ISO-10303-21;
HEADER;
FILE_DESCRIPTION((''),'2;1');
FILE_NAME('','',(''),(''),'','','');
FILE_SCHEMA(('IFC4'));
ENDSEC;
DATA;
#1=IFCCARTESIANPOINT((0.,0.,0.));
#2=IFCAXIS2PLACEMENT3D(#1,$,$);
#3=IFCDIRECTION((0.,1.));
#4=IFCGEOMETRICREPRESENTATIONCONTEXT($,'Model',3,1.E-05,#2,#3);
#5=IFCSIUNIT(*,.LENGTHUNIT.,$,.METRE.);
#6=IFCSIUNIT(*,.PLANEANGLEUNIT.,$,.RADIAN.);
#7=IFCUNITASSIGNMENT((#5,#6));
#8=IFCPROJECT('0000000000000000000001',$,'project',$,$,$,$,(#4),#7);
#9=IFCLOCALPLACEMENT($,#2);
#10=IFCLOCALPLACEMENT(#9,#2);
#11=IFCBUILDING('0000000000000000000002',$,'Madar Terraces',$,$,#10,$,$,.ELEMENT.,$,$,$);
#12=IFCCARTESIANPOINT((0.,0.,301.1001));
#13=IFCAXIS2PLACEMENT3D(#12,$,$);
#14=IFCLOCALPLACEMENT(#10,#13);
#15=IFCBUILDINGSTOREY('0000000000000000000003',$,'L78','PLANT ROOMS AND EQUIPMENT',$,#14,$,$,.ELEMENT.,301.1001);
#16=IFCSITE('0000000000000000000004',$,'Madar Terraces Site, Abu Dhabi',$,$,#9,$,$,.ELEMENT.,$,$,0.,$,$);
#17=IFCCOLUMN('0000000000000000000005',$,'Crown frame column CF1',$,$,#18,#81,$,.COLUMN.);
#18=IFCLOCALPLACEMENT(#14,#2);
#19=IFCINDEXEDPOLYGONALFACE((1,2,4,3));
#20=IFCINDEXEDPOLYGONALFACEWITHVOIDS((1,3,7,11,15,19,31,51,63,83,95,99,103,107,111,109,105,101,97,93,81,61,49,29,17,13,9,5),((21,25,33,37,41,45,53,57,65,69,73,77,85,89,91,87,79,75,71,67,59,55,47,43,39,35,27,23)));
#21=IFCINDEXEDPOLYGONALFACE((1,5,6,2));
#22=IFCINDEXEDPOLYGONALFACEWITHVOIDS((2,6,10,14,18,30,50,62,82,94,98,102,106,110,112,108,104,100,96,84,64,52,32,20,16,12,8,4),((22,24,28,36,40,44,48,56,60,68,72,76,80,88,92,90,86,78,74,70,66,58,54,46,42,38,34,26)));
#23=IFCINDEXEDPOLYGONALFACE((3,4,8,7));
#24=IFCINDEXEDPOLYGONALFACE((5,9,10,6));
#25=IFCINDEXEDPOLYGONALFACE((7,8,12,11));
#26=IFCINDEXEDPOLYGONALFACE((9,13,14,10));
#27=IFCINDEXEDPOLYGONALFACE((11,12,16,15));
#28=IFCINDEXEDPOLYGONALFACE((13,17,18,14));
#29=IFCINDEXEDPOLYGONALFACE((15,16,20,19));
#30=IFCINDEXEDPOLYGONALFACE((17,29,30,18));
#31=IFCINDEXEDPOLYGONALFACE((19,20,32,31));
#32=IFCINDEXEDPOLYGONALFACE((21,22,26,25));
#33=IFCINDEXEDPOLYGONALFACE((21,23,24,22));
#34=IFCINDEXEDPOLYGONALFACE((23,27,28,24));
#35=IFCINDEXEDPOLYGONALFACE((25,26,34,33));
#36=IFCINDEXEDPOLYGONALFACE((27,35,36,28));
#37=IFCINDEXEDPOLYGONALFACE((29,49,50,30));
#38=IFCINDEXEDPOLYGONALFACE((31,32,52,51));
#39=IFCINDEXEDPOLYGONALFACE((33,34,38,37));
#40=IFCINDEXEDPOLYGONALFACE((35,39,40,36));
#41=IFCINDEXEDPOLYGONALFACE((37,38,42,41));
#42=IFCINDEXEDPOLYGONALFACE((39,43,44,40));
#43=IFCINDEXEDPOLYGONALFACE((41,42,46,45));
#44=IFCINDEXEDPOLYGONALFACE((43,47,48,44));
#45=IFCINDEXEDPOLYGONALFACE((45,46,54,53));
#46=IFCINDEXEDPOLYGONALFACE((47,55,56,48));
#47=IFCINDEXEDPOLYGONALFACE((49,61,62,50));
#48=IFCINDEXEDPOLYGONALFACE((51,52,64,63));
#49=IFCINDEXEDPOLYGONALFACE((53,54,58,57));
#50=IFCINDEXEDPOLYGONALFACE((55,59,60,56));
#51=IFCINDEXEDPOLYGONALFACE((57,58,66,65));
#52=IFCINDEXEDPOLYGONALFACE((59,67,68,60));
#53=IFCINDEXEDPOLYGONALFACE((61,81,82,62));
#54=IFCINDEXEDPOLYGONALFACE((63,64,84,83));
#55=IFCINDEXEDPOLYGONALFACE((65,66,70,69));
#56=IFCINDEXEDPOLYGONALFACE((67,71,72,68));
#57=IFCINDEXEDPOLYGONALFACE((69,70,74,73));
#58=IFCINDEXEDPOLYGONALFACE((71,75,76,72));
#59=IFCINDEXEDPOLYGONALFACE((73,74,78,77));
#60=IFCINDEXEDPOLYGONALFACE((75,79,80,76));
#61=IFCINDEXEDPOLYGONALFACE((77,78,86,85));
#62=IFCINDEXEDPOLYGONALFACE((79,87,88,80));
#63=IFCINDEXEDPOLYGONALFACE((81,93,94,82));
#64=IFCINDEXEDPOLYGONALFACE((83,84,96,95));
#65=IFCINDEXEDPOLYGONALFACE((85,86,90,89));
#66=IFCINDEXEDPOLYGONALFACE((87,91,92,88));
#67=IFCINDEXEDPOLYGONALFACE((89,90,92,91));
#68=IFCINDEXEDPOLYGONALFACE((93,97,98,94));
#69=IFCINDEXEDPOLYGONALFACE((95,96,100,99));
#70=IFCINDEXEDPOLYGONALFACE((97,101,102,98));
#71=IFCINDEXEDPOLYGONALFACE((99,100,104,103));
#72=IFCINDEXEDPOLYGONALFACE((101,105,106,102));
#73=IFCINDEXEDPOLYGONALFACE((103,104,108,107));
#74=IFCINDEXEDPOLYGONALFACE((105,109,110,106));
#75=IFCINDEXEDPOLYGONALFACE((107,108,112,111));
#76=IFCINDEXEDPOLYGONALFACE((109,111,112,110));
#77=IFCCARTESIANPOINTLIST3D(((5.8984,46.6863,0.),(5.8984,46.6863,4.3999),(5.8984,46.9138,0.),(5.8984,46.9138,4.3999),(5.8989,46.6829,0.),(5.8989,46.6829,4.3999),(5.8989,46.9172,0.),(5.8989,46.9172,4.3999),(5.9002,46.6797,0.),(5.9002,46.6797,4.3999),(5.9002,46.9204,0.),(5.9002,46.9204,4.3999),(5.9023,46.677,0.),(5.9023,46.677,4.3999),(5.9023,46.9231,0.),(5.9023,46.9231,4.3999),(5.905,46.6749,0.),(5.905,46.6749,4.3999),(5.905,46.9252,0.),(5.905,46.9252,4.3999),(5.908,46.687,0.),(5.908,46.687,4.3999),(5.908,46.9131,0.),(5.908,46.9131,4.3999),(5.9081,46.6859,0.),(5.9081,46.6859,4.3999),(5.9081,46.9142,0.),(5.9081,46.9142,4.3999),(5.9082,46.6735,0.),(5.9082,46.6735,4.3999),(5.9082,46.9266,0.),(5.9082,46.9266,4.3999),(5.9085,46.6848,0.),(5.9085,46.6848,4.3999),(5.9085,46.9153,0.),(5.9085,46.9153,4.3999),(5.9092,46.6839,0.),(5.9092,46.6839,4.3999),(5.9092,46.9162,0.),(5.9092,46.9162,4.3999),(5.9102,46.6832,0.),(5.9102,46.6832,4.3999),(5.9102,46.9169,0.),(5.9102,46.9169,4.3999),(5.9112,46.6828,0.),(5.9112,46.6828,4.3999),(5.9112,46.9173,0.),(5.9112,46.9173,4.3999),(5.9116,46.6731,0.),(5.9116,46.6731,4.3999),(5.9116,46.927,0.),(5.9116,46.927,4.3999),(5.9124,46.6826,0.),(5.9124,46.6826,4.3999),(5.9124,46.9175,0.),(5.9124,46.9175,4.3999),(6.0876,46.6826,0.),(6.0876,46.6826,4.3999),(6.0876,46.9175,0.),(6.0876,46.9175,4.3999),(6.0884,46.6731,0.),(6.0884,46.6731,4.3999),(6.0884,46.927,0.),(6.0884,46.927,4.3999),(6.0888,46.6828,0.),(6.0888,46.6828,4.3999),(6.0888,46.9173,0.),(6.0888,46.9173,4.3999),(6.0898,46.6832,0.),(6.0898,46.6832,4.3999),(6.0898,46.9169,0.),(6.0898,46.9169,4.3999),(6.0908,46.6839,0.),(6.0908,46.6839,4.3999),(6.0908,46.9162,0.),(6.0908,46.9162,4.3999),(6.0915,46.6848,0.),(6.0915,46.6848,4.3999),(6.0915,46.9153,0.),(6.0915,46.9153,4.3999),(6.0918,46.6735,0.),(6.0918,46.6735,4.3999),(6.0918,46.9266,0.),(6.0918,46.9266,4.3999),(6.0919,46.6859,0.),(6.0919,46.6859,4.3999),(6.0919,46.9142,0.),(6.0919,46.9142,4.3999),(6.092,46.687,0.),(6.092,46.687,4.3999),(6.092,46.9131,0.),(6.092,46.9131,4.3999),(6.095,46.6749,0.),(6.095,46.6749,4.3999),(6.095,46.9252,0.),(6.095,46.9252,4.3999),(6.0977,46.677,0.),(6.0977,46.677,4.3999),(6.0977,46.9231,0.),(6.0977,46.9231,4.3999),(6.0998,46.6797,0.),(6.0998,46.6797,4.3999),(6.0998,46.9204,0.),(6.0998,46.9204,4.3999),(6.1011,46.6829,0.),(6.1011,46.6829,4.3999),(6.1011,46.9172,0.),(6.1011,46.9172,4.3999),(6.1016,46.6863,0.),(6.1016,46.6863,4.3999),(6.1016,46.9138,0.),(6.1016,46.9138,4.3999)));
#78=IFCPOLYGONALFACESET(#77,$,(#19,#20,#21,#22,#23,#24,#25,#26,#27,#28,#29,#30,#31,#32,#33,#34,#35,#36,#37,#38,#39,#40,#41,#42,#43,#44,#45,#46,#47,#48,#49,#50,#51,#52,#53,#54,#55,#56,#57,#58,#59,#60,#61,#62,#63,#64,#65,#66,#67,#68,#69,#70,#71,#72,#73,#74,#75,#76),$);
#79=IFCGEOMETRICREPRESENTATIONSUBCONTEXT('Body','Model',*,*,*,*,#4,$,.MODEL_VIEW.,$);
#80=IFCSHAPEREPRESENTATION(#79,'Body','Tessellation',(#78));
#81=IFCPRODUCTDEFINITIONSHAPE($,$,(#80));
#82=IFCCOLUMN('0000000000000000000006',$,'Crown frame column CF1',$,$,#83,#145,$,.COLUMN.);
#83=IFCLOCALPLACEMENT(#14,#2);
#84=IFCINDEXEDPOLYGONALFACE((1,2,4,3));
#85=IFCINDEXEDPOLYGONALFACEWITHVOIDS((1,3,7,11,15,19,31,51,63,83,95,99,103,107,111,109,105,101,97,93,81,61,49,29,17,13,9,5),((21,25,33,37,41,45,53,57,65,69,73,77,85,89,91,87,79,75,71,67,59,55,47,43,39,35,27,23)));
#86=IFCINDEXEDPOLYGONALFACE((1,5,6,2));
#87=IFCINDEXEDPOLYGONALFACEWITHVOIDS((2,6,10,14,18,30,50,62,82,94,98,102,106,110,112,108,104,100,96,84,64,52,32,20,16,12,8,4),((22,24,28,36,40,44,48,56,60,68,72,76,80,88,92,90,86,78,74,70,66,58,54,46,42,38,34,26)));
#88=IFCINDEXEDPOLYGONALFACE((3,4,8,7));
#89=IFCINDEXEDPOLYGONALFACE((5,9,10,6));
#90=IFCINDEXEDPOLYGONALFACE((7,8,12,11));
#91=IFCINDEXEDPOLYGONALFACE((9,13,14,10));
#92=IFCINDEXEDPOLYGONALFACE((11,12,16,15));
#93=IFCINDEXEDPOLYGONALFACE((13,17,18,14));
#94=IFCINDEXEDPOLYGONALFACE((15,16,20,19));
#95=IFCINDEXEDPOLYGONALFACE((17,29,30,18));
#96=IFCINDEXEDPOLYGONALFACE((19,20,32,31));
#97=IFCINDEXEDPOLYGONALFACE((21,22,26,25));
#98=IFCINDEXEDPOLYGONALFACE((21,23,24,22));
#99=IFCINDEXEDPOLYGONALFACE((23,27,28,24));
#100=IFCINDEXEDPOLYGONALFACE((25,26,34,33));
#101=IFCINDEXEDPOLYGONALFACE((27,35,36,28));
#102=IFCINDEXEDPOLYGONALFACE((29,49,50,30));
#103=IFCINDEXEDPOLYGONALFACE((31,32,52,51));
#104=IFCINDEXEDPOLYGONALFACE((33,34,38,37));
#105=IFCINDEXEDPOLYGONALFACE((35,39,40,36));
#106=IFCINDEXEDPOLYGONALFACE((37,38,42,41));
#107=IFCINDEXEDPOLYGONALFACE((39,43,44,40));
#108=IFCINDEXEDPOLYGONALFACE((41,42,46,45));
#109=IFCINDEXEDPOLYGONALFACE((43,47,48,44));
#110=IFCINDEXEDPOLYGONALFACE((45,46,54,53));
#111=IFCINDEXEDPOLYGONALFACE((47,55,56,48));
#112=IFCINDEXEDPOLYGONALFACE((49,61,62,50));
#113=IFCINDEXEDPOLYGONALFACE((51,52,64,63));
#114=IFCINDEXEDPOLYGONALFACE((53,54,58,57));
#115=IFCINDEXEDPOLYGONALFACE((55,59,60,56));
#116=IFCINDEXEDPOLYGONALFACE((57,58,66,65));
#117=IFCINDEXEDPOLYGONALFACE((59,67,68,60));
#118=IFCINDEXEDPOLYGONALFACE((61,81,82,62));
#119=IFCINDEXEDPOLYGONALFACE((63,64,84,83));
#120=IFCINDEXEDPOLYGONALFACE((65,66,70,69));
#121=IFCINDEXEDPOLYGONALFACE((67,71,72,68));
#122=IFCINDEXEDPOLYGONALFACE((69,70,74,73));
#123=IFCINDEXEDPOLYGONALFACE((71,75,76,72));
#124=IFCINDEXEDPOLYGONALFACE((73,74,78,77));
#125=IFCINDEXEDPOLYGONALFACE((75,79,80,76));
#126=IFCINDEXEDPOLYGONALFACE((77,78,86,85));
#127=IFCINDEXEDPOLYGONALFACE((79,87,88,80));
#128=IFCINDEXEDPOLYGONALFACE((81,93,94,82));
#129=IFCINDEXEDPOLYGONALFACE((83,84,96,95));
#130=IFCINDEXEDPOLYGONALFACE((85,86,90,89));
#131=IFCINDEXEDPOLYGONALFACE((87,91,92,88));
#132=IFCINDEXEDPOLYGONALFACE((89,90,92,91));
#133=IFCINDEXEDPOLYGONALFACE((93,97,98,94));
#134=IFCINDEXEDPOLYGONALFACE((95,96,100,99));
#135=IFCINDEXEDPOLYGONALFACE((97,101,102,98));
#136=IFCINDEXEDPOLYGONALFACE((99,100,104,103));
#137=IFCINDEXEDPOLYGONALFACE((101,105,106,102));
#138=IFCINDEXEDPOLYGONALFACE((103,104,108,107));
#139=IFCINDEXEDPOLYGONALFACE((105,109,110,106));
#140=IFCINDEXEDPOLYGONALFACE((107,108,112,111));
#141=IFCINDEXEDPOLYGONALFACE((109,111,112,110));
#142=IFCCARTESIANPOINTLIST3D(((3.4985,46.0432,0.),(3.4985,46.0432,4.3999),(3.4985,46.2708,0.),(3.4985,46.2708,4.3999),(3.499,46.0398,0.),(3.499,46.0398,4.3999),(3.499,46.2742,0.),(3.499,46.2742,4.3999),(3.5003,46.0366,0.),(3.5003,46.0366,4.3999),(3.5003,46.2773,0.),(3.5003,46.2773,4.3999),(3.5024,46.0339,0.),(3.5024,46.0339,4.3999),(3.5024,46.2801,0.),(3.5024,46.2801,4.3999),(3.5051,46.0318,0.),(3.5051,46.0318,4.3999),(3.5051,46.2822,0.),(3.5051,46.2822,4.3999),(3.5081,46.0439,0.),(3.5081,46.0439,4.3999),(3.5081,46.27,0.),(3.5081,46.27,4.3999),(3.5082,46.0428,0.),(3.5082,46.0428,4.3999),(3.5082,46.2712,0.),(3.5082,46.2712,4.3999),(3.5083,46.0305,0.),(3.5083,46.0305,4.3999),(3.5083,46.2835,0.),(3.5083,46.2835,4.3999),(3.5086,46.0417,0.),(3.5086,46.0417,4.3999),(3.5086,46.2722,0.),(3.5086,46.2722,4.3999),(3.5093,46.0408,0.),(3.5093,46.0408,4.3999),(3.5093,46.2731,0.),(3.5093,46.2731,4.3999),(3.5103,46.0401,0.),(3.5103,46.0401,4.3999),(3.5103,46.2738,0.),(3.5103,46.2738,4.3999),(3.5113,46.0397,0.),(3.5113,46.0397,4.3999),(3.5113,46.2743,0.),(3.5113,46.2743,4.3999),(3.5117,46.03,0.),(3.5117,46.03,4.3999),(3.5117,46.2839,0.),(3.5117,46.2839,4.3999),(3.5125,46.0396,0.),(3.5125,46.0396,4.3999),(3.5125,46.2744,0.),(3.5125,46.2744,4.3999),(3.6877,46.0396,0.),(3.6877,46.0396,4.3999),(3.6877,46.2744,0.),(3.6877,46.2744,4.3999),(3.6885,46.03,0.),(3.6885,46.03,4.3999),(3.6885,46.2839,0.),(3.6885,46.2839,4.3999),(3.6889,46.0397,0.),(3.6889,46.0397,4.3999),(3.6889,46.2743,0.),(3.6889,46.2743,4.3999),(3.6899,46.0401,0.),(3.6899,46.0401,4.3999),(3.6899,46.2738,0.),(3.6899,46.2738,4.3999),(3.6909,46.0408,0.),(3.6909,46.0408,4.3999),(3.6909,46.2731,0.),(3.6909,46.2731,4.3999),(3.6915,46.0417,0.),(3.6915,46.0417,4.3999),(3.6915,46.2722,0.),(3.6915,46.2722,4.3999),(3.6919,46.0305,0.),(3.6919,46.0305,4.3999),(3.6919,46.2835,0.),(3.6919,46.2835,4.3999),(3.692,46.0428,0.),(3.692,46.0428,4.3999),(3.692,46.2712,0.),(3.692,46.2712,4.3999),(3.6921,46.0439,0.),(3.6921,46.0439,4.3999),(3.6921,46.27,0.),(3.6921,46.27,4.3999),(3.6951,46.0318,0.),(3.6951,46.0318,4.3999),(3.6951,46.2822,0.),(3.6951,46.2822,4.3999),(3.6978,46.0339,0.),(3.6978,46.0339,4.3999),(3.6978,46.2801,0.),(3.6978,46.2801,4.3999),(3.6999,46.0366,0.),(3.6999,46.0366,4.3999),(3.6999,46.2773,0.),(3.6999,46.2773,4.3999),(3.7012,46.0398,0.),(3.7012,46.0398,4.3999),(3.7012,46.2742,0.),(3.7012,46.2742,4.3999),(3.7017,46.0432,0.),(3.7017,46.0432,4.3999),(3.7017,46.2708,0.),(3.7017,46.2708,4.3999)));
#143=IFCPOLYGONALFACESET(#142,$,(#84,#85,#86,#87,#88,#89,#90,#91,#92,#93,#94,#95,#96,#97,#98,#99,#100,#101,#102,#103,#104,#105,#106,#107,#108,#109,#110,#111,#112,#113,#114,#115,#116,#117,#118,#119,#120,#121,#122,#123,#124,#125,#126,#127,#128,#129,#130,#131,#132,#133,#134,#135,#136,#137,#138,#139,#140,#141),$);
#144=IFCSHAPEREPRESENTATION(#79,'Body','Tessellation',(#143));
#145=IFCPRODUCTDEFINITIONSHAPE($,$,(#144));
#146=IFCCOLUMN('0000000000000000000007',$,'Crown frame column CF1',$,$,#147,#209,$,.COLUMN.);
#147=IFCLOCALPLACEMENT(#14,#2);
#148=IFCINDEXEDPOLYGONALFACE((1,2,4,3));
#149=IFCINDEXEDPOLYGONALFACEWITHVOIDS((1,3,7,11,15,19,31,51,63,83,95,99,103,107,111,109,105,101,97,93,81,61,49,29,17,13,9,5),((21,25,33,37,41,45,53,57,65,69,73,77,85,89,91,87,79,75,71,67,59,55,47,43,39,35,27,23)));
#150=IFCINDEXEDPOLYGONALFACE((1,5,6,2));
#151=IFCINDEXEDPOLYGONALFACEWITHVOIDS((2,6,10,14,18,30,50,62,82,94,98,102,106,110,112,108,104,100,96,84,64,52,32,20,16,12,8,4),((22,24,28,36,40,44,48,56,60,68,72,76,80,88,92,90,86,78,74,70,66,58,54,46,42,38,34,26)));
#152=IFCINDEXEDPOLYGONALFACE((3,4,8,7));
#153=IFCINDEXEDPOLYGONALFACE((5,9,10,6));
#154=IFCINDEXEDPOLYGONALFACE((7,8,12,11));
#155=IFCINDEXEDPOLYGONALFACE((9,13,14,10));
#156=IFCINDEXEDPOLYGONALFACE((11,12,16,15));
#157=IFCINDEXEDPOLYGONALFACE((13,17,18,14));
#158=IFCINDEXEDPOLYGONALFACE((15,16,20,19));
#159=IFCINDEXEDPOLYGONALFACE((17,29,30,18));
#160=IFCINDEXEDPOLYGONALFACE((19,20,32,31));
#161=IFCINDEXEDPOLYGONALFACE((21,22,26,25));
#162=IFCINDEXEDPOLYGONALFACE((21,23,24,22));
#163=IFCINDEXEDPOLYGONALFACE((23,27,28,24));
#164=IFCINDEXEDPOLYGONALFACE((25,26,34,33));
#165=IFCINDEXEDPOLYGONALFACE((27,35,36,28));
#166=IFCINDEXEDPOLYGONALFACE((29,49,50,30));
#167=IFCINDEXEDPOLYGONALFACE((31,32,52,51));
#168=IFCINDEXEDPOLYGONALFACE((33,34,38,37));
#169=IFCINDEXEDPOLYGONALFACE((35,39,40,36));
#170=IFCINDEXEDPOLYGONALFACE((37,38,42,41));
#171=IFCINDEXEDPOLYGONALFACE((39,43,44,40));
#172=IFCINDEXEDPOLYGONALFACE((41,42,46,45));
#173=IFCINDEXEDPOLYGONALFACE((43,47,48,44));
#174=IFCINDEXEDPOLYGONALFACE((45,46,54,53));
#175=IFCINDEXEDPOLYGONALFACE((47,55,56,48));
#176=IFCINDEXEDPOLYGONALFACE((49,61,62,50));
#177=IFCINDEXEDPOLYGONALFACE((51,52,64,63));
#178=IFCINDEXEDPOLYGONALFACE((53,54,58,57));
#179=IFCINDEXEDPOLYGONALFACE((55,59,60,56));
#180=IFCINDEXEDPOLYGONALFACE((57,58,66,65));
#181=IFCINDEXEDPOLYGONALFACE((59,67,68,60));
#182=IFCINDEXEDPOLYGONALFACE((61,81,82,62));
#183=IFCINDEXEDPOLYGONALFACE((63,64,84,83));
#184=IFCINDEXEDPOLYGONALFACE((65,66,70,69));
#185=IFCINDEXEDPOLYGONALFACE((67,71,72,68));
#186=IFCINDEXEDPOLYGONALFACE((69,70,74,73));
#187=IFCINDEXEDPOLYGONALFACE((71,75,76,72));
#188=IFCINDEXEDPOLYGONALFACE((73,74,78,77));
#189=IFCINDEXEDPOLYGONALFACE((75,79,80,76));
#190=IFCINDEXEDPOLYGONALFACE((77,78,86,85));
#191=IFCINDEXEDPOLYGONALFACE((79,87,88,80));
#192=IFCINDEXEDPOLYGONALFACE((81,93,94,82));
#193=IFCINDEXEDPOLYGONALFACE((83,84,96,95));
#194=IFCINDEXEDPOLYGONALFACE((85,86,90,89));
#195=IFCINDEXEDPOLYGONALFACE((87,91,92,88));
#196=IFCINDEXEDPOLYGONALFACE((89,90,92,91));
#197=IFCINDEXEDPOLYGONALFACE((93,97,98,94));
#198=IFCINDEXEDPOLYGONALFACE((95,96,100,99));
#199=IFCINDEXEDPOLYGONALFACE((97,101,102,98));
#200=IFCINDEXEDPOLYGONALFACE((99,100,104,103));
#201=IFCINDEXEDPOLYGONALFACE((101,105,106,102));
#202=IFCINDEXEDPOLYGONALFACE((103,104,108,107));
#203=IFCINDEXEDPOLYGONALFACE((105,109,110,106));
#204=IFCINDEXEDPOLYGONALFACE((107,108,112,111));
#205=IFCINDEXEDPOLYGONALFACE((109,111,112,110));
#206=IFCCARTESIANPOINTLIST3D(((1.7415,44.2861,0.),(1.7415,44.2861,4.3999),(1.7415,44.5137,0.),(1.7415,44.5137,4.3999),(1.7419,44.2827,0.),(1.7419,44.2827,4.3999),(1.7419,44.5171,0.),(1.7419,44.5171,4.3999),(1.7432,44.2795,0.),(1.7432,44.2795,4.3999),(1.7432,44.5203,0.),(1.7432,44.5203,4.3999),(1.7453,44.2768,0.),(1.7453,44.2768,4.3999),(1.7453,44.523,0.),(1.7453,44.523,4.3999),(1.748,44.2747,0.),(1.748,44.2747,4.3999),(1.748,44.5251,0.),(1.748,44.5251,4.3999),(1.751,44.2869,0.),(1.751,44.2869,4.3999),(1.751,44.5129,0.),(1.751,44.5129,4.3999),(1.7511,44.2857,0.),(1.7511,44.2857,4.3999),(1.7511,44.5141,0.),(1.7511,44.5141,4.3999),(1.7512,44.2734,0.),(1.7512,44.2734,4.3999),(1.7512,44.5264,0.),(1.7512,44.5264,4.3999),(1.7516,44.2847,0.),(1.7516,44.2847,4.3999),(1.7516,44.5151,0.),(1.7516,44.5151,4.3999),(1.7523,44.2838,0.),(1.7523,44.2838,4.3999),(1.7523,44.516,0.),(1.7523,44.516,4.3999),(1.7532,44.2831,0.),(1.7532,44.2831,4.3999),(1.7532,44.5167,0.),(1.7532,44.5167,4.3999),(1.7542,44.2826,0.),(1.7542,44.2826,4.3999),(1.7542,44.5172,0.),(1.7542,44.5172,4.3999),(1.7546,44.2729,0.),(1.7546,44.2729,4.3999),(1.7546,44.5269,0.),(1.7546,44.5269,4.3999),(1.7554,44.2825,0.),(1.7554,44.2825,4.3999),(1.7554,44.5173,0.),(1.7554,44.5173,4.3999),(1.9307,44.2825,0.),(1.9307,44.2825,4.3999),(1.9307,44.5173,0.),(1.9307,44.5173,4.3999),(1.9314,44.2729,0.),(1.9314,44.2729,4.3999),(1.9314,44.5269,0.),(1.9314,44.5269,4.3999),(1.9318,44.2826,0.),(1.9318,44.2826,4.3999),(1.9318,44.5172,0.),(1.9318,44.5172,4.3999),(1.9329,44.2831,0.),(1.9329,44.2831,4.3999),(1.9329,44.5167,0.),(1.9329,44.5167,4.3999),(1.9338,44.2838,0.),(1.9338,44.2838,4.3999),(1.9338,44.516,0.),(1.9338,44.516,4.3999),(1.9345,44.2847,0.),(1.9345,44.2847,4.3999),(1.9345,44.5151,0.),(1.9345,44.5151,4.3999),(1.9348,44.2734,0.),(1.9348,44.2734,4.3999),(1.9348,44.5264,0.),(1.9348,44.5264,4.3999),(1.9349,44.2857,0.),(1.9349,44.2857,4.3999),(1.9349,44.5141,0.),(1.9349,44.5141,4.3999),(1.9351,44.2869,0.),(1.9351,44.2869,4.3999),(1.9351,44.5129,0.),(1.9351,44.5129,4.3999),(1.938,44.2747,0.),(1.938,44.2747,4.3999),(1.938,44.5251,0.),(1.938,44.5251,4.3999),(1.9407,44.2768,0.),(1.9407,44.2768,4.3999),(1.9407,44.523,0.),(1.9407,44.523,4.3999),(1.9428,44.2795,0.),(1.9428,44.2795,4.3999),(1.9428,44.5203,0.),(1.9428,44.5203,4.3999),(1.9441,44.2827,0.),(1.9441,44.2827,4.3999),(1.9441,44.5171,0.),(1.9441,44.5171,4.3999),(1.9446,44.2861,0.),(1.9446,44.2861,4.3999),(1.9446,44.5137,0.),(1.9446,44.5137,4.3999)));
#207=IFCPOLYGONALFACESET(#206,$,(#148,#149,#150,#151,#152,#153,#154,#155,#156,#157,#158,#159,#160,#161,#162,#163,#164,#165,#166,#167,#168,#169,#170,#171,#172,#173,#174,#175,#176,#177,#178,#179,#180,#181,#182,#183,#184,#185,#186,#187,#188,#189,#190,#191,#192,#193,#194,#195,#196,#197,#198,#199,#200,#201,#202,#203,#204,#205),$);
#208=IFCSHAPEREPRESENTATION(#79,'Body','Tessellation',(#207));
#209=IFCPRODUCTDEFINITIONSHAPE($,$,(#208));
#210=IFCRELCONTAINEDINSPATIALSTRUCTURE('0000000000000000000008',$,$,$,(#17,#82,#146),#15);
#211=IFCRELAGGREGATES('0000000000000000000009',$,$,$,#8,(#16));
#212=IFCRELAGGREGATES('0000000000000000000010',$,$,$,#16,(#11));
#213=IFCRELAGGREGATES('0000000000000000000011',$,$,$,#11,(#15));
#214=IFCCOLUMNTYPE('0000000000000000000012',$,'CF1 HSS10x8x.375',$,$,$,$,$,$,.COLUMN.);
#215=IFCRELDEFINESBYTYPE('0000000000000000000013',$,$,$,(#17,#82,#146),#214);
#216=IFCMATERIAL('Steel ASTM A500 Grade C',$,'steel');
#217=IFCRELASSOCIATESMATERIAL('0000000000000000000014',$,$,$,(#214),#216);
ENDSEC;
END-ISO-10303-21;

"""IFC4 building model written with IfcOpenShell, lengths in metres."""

from ifc_helpers import new_model, si_unit, direction, frame, origin, origin_2d, place, context, subcontext, project, spatial, hollow_rectangle, extrude, material, material_profile, profile_set, type_object, element, save


model = new_model("IFC4")

# Units and contexts
model_context = context("Model", 3, precision=1e-05, world=origin(), true_north=direction((0.0, 1.0)))
body_context = subcontext(model_context, "Body", "Model", "MODEL_VIEW")
ifc_project = project(units=[si_unit("LENGTHUNIT", "METRE"), si_unit("PLANEANGLEUNIT", "RADIAN")], contexts=[model_context])

# Site, building, storey
site_placement = place(None, origin())
site = spatial("IfcSite", under=ifc_project, at=site_placement, Name="Madar Terraces Site, Abu Dhabi", CompositionType="ELEMENT", RefElevation=0.0)
building_placement = place(site_placement, origin())
building = spatial("IfcBuilding", under=site, at=building_placement, Name="Madar Terraces", CompositionType="ELEMENT")
storey_placement = place(building_placement, frame((0.0, 0.0, 301.1001)))
storey = spatial("IfcBuildingStorey", under=building, at=storey_placement, Name="L78", Description="PLANT ROOMS AND EQUIPMENT", CompositionType="ELEMENT", Elevation=301.1001)

# Columns
ifc_material_1 = material(Name="Steel ASTM A500 Grade C", Category="steel")
ifc_material_profile_1 = material_profile(ifc_material_1, hollow_rectangle(XDim=0.2031, YDim=0.2539, WallThickness=0.0095, InnerFilletRadius=0.0044, OuterFilletRadius=0.0132, at=origin_2d()), Name="HSS10x8x.375")
ifc_profile_set_1 = profile_set([ifc_material_profile_1], Name="Steel ASTM A500 Grade C")
column_type = type_object("IfcColumnType", Name="CF1 HSS10x8x.375", PredefinedType="COLUMN", material=ifc_profile_set_1)
for number, where, z_axis, x_axis, name in (
    (1, (6.0, 46.8, 0.0), (0.0, 0.0, 1.0), (1.0, 0.0, 0.0), "Crown frame column CF1"),
    (2, (3.6001, 46.157, 0.0), (0.0, 0.0, 1.0), (1.0, 0.0, 0.0), "Crown frame column CF1"),
    (3, (1.843, 44.3999, 0.0), (0.0, 0.0, 1.0), (1.0, 0.0, 0.0), "Crown frame column CF1"),
):
    element("IfcColumn", number, at=place(storey_placement, frame(where, z_axis=z_axis, x_axis=x_axis)), inside=storey, type_object=column_type, Name=name, PredefinedType="COLUMN", context=body_context, shape_type="SweptSolid", body=[
        extrude(hollow_rectangle(XDim=0.2031, YDim=0.2539, WallThickness=0.0095, InnerFilletRadius=0.0044, OuterFilletRadius=0.0132, at=origin_2d()), origin(), (0.0, 0.0, 1.0), 4.3999),
    ])

save(model, "model.ifc")
